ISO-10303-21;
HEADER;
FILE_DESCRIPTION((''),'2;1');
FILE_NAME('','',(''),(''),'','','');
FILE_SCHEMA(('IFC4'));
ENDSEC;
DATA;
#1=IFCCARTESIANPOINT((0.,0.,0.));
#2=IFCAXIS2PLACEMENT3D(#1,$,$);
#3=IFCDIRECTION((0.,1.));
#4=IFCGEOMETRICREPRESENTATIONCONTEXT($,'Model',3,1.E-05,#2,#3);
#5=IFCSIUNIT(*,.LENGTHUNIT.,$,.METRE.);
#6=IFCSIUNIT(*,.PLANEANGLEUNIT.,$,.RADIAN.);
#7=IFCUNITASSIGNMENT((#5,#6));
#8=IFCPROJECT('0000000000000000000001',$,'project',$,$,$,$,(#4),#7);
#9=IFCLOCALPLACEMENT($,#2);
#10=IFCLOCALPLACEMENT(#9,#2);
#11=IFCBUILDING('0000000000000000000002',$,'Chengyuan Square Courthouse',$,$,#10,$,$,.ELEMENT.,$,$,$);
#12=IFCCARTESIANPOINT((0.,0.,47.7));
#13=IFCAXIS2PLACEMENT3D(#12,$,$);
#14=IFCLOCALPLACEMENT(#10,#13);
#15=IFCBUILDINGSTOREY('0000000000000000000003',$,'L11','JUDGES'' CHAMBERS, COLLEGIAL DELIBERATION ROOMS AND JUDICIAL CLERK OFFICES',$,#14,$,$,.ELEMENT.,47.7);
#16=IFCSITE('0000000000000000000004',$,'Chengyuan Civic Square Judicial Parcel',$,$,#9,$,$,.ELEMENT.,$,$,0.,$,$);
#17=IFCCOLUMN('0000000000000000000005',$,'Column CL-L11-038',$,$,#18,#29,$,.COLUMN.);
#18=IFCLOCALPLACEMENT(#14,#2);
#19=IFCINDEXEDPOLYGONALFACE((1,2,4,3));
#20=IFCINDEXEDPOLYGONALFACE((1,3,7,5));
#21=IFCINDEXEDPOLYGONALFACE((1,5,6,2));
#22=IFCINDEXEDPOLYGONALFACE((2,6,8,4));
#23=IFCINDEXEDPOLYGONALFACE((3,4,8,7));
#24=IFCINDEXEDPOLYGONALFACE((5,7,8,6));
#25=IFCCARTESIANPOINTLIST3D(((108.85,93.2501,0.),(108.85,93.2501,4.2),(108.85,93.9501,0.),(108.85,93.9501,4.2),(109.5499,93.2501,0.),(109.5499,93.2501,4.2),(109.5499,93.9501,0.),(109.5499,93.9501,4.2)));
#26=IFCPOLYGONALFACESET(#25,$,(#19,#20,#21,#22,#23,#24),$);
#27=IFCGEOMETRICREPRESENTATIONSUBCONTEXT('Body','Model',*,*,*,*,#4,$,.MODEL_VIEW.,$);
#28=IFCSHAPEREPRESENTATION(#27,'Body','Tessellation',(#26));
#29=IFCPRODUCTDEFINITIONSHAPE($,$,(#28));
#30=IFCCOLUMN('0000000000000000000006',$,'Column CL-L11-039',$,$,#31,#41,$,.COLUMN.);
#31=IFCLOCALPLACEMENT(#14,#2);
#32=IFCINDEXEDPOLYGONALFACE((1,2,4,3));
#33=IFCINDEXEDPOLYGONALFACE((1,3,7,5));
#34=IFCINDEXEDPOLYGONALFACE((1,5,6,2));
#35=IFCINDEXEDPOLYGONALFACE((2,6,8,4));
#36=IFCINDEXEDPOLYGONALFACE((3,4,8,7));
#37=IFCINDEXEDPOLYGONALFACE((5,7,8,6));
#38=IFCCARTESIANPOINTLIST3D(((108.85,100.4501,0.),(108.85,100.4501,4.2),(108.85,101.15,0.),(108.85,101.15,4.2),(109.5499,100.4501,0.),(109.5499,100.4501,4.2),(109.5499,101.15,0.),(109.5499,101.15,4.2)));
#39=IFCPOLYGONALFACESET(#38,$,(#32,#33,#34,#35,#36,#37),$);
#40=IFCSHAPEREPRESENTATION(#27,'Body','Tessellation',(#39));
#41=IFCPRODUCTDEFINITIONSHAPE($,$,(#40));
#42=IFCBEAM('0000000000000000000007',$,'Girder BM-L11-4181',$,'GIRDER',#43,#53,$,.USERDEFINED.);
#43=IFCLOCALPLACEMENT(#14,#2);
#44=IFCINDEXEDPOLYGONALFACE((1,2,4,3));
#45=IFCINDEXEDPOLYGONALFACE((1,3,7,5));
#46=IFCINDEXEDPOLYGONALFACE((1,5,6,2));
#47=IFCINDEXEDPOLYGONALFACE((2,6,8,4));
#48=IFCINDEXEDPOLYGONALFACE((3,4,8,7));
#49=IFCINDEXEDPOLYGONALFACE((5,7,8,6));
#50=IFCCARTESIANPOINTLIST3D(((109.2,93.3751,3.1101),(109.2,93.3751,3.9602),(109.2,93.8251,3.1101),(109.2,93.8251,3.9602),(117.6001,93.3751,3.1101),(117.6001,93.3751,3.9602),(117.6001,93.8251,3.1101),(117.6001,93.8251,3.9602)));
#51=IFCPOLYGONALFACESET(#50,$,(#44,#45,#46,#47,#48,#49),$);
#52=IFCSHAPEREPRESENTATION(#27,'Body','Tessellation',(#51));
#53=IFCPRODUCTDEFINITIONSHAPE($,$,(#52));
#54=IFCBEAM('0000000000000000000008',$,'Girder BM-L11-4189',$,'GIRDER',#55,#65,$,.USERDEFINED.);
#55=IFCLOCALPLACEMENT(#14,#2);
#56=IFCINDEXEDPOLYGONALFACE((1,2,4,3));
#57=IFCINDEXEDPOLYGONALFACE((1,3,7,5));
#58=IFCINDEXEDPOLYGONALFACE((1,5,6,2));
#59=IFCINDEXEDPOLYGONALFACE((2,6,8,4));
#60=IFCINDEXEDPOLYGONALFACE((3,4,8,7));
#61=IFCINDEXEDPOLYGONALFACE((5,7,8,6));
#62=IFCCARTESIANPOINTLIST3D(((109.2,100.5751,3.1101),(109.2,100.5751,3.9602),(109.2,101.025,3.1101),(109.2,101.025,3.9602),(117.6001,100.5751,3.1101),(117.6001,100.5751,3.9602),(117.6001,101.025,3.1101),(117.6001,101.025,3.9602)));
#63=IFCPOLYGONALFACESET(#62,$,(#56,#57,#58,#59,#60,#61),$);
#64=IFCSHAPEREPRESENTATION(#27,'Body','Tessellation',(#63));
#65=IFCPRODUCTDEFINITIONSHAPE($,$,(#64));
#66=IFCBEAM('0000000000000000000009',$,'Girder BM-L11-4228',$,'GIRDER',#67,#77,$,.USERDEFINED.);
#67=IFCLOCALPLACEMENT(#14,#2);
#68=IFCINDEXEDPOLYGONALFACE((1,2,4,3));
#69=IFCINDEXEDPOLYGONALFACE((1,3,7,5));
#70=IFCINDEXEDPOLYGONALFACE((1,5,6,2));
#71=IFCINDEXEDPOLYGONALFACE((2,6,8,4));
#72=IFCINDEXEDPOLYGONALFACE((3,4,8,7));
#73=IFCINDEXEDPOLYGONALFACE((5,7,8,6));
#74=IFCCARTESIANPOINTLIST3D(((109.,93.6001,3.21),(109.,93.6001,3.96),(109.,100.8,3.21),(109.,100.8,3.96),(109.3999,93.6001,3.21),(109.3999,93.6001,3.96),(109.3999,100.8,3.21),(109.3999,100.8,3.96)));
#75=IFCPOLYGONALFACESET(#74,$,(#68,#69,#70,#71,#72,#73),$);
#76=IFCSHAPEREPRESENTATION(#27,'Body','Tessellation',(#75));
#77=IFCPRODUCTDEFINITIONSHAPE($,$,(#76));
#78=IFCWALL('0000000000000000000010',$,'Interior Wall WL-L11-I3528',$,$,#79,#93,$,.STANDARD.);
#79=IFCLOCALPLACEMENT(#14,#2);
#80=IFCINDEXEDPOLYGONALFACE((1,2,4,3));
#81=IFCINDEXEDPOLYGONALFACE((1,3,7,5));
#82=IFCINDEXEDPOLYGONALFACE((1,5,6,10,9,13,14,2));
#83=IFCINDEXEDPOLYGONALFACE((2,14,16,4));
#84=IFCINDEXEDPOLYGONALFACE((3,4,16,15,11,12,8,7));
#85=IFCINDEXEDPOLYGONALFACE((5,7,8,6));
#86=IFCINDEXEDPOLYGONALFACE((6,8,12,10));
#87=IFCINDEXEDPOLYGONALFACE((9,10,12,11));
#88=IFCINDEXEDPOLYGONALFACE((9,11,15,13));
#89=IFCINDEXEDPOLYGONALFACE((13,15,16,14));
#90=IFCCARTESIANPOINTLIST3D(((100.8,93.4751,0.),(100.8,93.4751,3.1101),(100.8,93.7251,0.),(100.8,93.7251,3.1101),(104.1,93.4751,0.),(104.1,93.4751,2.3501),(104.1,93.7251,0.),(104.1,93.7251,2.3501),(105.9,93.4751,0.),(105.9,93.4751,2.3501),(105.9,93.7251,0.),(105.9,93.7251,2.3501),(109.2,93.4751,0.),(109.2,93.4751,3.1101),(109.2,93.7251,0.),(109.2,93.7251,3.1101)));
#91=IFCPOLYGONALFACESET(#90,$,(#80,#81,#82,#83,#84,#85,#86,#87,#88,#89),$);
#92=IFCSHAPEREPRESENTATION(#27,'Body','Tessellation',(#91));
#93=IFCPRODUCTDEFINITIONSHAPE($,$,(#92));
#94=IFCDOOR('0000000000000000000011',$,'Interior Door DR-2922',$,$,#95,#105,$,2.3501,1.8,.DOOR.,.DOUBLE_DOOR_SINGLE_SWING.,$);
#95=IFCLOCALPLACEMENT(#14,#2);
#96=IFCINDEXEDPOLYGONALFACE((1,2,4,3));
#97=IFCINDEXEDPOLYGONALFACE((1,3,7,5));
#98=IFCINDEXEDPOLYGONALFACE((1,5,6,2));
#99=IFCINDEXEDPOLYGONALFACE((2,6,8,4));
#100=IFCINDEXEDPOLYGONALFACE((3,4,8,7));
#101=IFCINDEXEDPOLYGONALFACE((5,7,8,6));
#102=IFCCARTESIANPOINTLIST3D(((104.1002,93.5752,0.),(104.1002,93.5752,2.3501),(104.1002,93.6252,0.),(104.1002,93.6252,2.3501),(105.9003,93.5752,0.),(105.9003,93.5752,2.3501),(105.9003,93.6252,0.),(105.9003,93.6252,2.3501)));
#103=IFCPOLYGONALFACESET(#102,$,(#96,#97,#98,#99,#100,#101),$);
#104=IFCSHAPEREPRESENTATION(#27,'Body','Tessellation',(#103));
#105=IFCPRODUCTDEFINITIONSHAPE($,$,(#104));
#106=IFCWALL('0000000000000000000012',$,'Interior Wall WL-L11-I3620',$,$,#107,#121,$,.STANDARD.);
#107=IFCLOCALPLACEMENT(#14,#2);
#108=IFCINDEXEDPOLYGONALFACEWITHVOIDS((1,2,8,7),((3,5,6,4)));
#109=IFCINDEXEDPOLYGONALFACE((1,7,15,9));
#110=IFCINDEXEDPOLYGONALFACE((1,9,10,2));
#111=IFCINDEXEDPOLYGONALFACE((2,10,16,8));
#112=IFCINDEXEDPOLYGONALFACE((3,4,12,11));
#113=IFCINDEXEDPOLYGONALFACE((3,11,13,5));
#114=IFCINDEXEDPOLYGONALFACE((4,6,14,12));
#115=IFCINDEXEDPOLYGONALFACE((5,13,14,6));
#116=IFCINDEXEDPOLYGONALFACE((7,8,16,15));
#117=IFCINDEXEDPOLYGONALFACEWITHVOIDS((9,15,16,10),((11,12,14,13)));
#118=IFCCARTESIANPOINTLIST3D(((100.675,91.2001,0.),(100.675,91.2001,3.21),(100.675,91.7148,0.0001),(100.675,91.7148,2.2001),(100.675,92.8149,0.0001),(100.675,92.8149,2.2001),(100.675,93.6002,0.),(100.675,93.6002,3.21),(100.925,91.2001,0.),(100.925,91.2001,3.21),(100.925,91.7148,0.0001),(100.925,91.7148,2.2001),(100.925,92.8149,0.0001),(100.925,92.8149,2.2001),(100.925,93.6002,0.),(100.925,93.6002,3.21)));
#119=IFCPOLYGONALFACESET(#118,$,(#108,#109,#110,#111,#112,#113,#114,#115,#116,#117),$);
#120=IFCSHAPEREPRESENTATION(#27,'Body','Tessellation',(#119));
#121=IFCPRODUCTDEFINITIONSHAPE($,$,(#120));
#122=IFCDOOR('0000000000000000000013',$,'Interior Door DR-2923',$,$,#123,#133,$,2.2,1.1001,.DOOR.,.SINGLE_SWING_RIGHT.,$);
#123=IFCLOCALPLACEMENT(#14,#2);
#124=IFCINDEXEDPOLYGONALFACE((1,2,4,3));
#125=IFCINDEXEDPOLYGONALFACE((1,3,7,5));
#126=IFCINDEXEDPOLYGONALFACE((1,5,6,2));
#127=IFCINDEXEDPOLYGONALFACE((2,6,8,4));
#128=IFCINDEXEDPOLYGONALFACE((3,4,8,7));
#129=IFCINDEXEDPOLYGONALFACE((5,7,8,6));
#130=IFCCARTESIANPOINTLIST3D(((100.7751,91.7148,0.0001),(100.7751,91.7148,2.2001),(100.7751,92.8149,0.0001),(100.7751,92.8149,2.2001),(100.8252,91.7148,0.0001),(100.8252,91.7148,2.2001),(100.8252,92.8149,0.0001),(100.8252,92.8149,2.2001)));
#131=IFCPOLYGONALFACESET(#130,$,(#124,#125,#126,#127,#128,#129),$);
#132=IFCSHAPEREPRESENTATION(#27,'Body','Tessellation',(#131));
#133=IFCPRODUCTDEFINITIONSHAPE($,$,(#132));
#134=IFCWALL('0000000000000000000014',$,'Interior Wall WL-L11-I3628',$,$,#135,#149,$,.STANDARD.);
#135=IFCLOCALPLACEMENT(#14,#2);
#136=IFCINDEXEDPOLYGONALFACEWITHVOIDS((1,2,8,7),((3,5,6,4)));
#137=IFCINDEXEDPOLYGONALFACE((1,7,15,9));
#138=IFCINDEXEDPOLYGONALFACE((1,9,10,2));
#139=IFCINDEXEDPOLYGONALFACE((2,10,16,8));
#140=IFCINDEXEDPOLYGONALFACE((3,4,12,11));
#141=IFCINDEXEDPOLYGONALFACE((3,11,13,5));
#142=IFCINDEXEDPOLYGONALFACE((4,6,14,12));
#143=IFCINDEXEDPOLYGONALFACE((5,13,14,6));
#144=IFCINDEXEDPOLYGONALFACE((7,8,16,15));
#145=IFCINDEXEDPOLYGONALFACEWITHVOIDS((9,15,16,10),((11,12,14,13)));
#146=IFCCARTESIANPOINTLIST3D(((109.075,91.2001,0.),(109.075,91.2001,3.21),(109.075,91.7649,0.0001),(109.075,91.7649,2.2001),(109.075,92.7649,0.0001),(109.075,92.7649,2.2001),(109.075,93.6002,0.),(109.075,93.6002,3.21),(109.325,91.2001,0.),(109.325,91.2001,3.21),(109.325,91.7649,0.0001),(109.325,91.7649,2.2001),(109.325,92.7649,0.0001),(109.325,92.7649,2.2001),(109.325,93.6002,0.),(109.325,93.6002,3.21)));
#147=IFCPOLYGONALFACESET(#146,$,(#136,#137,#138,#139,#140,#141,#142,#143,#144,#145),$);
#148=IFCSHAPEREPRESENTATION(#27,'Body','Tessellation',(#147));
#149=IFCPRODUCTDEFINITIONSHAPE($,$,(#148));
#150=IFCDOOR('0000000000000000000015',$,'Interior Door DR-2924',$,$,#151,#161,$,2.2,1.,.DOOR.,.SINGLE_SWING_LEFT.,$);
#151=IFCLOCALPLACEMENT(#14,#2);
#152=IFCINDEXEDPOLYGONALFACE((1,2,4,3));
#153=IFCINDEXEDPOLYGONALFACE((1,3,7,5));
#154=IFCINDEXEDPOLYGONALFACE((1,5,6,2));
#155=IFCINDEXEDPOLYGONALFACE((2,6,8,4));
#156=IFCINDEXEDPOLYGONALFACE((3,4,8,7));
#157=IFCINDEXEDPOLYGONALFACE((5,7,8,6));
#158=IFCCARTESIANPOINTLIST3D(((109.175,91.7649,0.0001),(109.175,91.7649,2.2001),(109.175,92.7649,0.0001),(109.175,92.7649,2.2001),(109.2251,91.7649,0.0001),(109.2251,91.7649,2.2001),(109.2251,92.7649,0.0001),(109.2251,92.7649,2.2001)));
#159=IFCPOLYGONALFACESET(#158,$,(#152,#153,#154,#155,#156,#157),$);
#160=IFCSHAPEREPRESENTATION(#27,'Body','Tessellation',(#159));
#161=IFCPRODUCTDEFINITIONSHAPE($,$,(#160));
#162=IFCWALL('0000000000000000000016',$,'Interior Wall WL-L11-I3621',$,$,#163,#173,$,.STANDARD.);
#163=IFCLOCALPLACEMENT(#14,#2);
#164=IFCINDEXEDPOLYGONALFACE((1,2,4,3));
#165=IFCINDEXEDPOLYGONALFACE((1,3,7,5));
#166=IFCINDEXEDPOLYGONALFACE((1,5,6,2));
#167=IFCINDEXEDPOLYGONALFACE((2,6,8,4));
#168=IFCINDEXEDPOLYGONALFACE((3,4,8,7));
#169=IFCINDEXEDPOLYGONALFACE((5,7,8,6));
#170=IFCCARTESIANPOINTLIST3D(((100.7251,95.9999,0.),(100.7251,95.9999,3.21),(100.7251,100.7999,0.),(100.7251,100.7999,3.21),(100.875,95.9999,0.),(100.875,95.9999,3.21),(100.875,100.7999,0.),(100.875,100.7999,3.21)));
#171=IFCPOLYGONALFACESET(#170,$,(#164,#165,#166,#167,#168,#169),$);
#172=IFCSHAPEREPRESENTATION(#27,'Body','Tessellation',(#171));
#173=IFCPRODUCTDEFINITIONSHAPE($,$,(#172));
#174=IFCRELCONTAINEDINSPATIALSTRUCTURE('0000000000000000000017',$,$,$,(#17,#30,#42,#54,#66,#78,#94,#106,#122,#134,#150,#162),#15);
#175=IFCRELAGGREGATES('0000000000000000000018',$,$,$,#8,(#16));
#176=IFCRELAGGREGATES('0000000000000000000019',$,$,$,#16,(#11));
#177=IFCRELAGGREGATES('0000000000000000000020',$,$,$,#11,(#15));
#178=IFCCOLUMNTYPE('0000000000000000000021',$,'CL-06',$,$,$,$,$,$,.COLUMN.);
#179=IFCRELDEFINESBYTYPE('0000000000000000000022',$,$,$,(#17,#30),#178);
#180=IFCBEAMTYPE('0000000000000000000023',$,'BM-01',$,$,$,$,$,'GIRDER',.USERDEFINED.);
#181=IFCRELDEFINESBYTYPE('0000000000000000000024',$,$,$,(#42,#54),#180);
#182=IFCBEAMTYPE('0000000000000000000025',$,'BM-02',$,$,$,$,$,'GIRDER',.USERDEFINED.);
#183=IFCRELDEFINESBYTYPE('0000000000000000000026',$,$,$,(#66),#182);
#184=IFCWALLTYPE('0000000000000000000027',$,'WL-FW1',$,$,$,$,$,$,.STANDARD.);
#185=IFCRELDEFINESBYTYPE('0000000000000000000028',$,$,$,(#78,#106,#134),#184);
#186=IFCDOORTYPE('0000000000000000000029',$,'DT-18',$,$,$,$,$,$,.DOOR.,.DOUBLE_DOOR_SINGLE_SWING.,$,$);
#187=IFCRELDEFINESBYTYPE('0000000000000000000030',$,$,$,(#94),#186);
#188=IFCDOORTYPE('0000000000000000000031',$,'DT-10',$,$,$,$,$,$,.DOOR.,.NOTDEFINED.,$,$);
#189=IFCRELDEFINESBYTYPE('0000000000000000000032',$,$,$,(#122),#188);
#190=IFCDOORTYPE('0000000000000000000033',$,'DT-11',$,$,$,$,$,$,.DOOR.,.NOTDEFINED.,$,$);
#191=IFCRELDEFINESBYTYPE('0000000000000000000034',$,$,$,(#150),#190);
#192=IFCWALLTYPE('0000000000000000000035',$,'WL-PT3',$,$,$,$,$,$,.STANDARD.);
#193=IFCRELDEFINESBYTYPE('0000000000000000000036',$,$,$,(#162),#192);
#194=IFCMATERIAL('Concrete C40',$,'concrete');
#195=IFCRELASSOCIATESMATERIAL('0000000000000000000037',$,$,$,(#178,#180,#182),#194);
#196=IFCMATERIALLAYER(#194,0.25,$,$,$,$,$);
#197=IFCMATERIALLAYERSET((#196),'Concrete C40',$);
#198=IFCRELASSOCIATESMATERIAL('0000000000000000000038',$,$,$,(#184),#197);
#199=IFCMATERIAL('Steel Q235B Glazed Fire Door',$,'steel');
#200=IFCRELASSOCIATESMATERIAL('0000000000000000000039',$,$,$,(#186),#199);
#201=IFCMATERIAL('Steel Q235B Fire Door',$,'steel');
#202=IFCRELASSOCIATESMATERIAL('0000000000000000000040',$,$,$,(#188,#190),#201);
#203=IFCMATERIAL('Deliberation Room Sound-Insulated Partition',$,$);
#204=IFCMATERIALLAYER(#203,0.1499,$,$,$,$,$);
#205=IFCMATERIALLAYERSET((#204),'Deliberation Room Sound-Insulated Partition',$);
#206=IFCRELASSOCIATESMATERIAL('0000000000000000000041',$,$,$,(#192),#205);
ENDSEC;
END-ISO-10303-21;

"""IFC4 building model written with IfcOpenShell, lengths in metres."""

from ifc_helpers import new_model, si_unit, direction, frame, frame_2d, origin, origin_2d, place, context, subcontext, project, spatial, rectangle, extrude, material, layer, layer_set, material_profile, profile_set, type_object, element, fill, save


model = new_model("IFC4")

# Units and contexts
model_context = context("Model", 3, precision=1e-05, world=origin(), true_north=direction((0.0, 1.0)))
body_context = subcontext(model_context, "Body", "Model", "MODEL_VIEW")
ifc_project = project(units=[si_unit("LENGTHUNIT", "METRE"), si_unit("PLANEANGLEUNIT", "RADIAN")], contexts=[model_context])

# Site, building, storey
site_placement = place(None, origin())
site = spatial("IfcSite", under=ifc_project, at=site_placement, Name="Chengyuan Civic Square Judicial Parcel", CompositionType="ELEMENT", RefElevation=0.0)
building_placement = place(site_placement, origin())
building = spatial("IfcBuilding", under=site, at=building_placement, Name="Chengyuan Square Courthouse", CompositionType="ELEMENT")
storey_placement = place(building_placement, frame((0.0, 0.0, 47.7)))
storey = spatial("IfcBuildingStorey", under=building, at=storey_placement, Name="L11", Description="JUDGES' CHAMBERS, COLLEGIAL DELIBERATION ROOMS AND JUDICIAL CLERK OFFICES", CompositionType="ELEMENT", Elevation=47.7)

# Columns
ifc_material_1 = material(Name="Concrete C40", Category="concrete")
ifc_material_profile_1 = material_profile(ifc_material_1, rectangle(XDim=0.7, YDim=0.7, at=origin_2d()), Name="RC-COL-700x700")
ifc_profile_set_1 = profile_set([ifc_material_profile_1], Name="Concrete C40")
column_type = type_object("IfcColumnType", Name="CL-06", PredefinedType="COLUMN", material=ifc_profile_set_1)
for number, where, z_axis, x_axis, name in (
    (1, (109.2, 93.6001, 0.0), (0.0, 0.0, 1.0), (1.0, 0.0, 0.0), "Column CL-L11-038"),
    (2, (109.2, 100.8, 0.0), (0.0, 0.0, 1.0), (1.0, 0.0, 0.0), "Column CL-L11-039"),
):
    element("IfcColumn", number, at=place(storey_placement, frame(where, z_axis=z_axis, x_axis=x_axis)), inside=storey, type_object=column_type, Name=name, PredefinedType="COLUMN", context=body_context, shape_type="SweptSolid", body=[
        extrude(rectangle(XDim=0.7, YDim=0.7, at=origin_2d()), origin(), (0.0, 0.0, 1.0), 4.2),
    ])

# Beams
ifc_material_profile_2 = material_profile(ifc_material_1, rectangle(XDim=0.45, YDim=0.8501, at=origin_2d()), Name="RC-BM-450x850")
ifc_profile_set_2 = profile_set([ifc_material_profile_2], Name="Concrete C40")
beam_type_1 = type_object("IfcBeamType", Name="BM-01", ElementType="GIRDER", PredefinedType="USERDEFINED", material=ifc_profile_set_2)
for number, where, z_axis, x_axis, name in (
    (3, (109.2, 93.6001, 3.5352), (1.0, 0.0, 0.0), (0.0, 1.0, 0.0), "Girder BM-L11-4181"),
    (4, (109.2, 100.8, 3.5352), (1.0, 0.0, 0.0), (0.0, 1.0, 0.0), "Girder BM-L11-4189"),
):
    element("IfcBeam", number, at=place(storey_placement, frame(where, z_axis=z_axis, x_axis=x_axis)), inside=storey, type_object=beam_type_1, Name=name, ObjectType="GIRDER", PredefinedType="USERDEFINED", context=body_context, shape_type="SweptSolid", body=[
        extrude(rectangle(XDim=0.45, YDim=0.8501, at=origin_2d()), origin(), (0.0, 0.0, 1.0), 8.4001),
    ])
ifc_material_profile_3 = material_profile(ifc_material_1, rectangle(XDim=0.3999, YDim=0.75, at=origin_2d()), Name="RC-BM-400x750")
ifc_profile_set_3 = profile_set([ifc_material_profile_3], Name="Concrete C40")
beam_type_2 = type_object("IfcBeamType", Name="BM-02", ElementType="GIRDER", PredefinedType="USERDEFINED", material=ifc_profile_set_3)
beam_placement = place(storey_placement, frame((109.2, 93.6001, 3.585), z_axis=(0.0, 1.0, 0.0), x_axis=(-1.0, 0.0, 0.0)))
element("IfcBeam", 5, at=beam_placement, inside=storey, type_object=beam_type_2, Name="Girder BM-L11-4228", ObjectType="GIRDER", PredefinedType="USERDEFINED", context=body_context, shape_type="SweptSolid", body=[
    extrude(rectangle(XDim=0.3999, YDim=0.75, at=origin_2d()), origin(), (0.0, 0.0, 1.0), 7.2),
])

# Walls, openings, doors
ifc_layer_1 = layer(ifc_material_1, 0.25)
ifc_layer_set_1 = layer_set([ifc_layer_1], Name="Concrete C40")
wall_type_1 = type_object("IfcWallType", Name="WL-FW1", PredefinedType="STANDARD", material=ifc_layer_set_1)
wall_1_placement = place(storey_placement, frame((100.8, 93.6001, 0.0), z_axis=(0.0, 0.0, 1.0), x_axis=(1.0, 0.0, 0.0)))
wall_1 = element("IfcWall", 6, at=wall_1_placement, inside=storey, type_object=wall_type_1, Name="Interior Wall WL-L11-I3528", PredefinedType="STANDARD", context=body_context, shape_type="SweptSolid", body=[
    extrude(rectangle(XDim=8.3999, YDim=0.25, at=frame_2d((4.2, 0.0))), origin(), (0.0, 0.0, 1.0), 3.1101),
])
opening_1_placement = place(wall_1_placement, frame((3.3, 0.0, 0.0)))
opening_1 = element("IfcOpeningElement", 7, at=opening_1_placement, cuts=wall_1, PredefinedType="OPENING", context=body_context, shape_type="SweptSolid", body=[
    extrude(rectangle(XDim=1.8, YDim=2.3501, at=frame_2d((0.8999, 1.175))), frame((0.0, 0.137, 0.0), z_axis=(0.0, -1.0, 0.0), x_axis=(1.0, 0.0, 0.0)), (0.0, 0.0, 1.0), 0.2739),
])
ifc_material_2 = material(Name="Steel Q235B Glazed Fire Door", Category="steel")
door_type_1 = type_object("IfcDoorType", Name="DT-18", OperationType="DOUBLE_DOOR_SINGLE_SWING", PredefinedType="DOOR", material=ifc_material_2)
door_1_placement = place(opening_1_placement, frame((1.8, 0.0, 0.0), z_axis=(0.0, 0.0, 1.0), x_axis=(-1.0, 0.0, 0.0)))
door_1 = element("IfcDoor", 8, at=door_1_placement, inside=storey, type_object=door_type_1, Name="Interior Door DR-2922", OperationType="DOUBLE_DOOR_SINGLE_SWING", OverallHeight=2.3501, OverallWidth=1.8, PredefinedType="DOOR", context=body_context, shape_type="SweptSolid", body=[
    extrude(rectangle(XDim=1.8, YDim=2.3501, at=frame_2d((0.8999, 1.175))), frame((0.0, 0.0249, 0.0), z_axis=(0.0, -1.0, 0.0), x_axis=(1.0, 0.0, 0.0)), (0.0, 0.0, 1.0), 0.05),
])
fill(opening_1, door_1)
wall_2_placement = place(storey_placement, frame((100.8, 91.2, 0.0), z_axis=(0.0, 0.0, 1.0), x_axis=(0.0, 1.0, 0.0)))
wall_2 = element("IfcWall", 9, at=wall_2_placement, inside=storey, type_object=wall_type_1, Name="Interior Wall WL-L11-I3620", PredefinedType="STANDARD", context=body_context, shape_type="SweptSolid", body=[
    extrude(rectangle(XDim=2.4001, YDim=0.25, at=frame_2d((1.2002, 0.0))), origin(), (0.0, 0.0, 1.0), 3.21),
])
opening_2_placement = place(wall_2_placement, frame((0.5149, 0.0, 0.0)))
opening_2 = element("IfcOpeningElement", 10, at=opening_2_placement, cuts=wall_2, PredefinedType="OPENING", context=body_context, shape_type="SweptSolid", body=[
    extrude(rectangle(XDim=1.1001, YDim=2.2, at=frame_2d((0.55, 1.1001))), frame((0.0, 0.137, 0.0), z_axis=(0.0, -1.0, 0.0), x_axis=(1.0, 0.0, 0.0)), (0.0, 0.0, 1.0), 0.2739),
])
ifc_material_3 = material(Name="Steel Q235B Fire Door", Category="steel")
door_type_2 = type_object("IfcDoorType", Name="DT-10", OperationType="NOTDEFINED", PredefinedType="DOOR", material=ifc_material_3)
door_2_placement = place(opening_2_placement, origin())
door_2 = element("IfcDoor", 11, at=door_2_placement, inside=storey, type_object=door_type_2, Name="Interior Door DR-2923", OperationType="SINGLE_SWING_RIGHT", OverallHeight=2.2, OverallWidth=1.1001, PredefinedType="DOOR", context=body_context, shape_type="SweptSolid", body=[
    extrude(rectangle(XDim=1.1001, YDim=2.2, at=frame_2d((0.55, 1.1001))), frame((0.0, 0.0249, 0.0), z_axis=(0.0, -1.0, 0.0), x_axis=(1.0, 0.0, 0.0)), (0.0, 0.0, 1.0), 0.05),
])
fill(opening_2, door_2)
wall_3_placement = place(storey_placement, frame((109.2, 91.2, 0.0), z_axis=(0.0, 0.0, 1.0), x_axis=(0.0, 1.0, 0.0)))
wall_3 = element("IfcWall", 12, at=wall_3_placement, inside=storey, type_object=wall_type_1, Name="Interior Wall WL-L11-I3628", PredefinedType="STANDARD", context=body_context, shape_type="SweptSolid", body=[
    extrude(rectangle(XDim=2.4001, YDim=0.25, at=frame_2d((1.2002, 0.0))), origin(), (0.0, 0.0, 1.0), 3.21),
])
opening_3_placement = place(wall_3_placement, frame((0.5649, 0.0, 0.0)))
opening_3 = element("IfcOpeningElement", 13, at=opening_3_placement, cuts=wall_3, PredefinedType="OPENING", context=body_context, shape_type="SweptSolid", body=[
    extrude(rectangle(XDim=1.0, YDim=2.2, at=frame_2d((0.5, 1.1001))), frame((0.0, 0.137, 0.0), z_axis=(0.0, -1.0, 0.0), x_axis=(1.0, 0.0, 0.0)), (0.0, 0.0, 1.0), 0.2739),
])
door_type_3 = type_object("IfcDoorType", Name="DT-11", OperationType="NOTDEFINED", PredefinedType="DOOR", material=ifc_material_3)
door_3_placement = place(opening_3_placement, origin())
door_3 = element("IfcDoor", 14, at=door_3_placement, inside=storey, type_object=door_type_3, Name="Interior Door DR-2924", OperationType="SINGLE_SWING_LEFT", OverallHeight=2.2, OverallWidth=1.0, PredefinedType="DOOR", context=body_context, shape_type="SweptSolid", body=[
    extrude(rectangle(XDim=1.0, YDim=2.2, at=frame_2d((0.5, 1.1001))), frame((0.0, 0.0249, 0.0), z_axis=(0.0, -1.0, 0.0), x_axis=(1.0, 0.0, 0.0)), (0.0, 0.0, 1.0), 0.05),
])
fill(opening_3, door_3)

# Wall
ifc_material_4 = material(Name="Deliberation Room Sound-Insulated Partition")
ifc_layer_2 = layer(ifc_material_4, 0.1499)
ifc_layer_set_2 = layer_set([ifc_layer_2], Name="Deliberation Room Sound-Insulated Partition")
wall_type_2 = type_object("IfcWallType", Name="WL-PT3", PredefinedType="STANDARD", material=ifc_layer_set_2)
for number, where, z_axis, x_axis, name in (
    (15, (100.8, 96.0, 0.0), (0.0, 0.0, 1.0), (0.0, 1.0, 0.0), "Interior Wall WL-L11-I3621"),
):
    element("IfcWall", number, at=place(storey_placement, frame(where, z_axis=z_axis, x_axis=x_axis)), inside=storey, type_object=wall_type_2, Name=name, PredefinedType="STANDARD", context=body_context, shape_type="SweptSolid", body=[
        extrude(rectangle(XDim=4.8, YDim=0.1499, at=frame_2d((2.3999, 0.0))), origin(), (0.0, 0.0, 1.0), 3.21),
    ])

save(model, "model.ifc")
